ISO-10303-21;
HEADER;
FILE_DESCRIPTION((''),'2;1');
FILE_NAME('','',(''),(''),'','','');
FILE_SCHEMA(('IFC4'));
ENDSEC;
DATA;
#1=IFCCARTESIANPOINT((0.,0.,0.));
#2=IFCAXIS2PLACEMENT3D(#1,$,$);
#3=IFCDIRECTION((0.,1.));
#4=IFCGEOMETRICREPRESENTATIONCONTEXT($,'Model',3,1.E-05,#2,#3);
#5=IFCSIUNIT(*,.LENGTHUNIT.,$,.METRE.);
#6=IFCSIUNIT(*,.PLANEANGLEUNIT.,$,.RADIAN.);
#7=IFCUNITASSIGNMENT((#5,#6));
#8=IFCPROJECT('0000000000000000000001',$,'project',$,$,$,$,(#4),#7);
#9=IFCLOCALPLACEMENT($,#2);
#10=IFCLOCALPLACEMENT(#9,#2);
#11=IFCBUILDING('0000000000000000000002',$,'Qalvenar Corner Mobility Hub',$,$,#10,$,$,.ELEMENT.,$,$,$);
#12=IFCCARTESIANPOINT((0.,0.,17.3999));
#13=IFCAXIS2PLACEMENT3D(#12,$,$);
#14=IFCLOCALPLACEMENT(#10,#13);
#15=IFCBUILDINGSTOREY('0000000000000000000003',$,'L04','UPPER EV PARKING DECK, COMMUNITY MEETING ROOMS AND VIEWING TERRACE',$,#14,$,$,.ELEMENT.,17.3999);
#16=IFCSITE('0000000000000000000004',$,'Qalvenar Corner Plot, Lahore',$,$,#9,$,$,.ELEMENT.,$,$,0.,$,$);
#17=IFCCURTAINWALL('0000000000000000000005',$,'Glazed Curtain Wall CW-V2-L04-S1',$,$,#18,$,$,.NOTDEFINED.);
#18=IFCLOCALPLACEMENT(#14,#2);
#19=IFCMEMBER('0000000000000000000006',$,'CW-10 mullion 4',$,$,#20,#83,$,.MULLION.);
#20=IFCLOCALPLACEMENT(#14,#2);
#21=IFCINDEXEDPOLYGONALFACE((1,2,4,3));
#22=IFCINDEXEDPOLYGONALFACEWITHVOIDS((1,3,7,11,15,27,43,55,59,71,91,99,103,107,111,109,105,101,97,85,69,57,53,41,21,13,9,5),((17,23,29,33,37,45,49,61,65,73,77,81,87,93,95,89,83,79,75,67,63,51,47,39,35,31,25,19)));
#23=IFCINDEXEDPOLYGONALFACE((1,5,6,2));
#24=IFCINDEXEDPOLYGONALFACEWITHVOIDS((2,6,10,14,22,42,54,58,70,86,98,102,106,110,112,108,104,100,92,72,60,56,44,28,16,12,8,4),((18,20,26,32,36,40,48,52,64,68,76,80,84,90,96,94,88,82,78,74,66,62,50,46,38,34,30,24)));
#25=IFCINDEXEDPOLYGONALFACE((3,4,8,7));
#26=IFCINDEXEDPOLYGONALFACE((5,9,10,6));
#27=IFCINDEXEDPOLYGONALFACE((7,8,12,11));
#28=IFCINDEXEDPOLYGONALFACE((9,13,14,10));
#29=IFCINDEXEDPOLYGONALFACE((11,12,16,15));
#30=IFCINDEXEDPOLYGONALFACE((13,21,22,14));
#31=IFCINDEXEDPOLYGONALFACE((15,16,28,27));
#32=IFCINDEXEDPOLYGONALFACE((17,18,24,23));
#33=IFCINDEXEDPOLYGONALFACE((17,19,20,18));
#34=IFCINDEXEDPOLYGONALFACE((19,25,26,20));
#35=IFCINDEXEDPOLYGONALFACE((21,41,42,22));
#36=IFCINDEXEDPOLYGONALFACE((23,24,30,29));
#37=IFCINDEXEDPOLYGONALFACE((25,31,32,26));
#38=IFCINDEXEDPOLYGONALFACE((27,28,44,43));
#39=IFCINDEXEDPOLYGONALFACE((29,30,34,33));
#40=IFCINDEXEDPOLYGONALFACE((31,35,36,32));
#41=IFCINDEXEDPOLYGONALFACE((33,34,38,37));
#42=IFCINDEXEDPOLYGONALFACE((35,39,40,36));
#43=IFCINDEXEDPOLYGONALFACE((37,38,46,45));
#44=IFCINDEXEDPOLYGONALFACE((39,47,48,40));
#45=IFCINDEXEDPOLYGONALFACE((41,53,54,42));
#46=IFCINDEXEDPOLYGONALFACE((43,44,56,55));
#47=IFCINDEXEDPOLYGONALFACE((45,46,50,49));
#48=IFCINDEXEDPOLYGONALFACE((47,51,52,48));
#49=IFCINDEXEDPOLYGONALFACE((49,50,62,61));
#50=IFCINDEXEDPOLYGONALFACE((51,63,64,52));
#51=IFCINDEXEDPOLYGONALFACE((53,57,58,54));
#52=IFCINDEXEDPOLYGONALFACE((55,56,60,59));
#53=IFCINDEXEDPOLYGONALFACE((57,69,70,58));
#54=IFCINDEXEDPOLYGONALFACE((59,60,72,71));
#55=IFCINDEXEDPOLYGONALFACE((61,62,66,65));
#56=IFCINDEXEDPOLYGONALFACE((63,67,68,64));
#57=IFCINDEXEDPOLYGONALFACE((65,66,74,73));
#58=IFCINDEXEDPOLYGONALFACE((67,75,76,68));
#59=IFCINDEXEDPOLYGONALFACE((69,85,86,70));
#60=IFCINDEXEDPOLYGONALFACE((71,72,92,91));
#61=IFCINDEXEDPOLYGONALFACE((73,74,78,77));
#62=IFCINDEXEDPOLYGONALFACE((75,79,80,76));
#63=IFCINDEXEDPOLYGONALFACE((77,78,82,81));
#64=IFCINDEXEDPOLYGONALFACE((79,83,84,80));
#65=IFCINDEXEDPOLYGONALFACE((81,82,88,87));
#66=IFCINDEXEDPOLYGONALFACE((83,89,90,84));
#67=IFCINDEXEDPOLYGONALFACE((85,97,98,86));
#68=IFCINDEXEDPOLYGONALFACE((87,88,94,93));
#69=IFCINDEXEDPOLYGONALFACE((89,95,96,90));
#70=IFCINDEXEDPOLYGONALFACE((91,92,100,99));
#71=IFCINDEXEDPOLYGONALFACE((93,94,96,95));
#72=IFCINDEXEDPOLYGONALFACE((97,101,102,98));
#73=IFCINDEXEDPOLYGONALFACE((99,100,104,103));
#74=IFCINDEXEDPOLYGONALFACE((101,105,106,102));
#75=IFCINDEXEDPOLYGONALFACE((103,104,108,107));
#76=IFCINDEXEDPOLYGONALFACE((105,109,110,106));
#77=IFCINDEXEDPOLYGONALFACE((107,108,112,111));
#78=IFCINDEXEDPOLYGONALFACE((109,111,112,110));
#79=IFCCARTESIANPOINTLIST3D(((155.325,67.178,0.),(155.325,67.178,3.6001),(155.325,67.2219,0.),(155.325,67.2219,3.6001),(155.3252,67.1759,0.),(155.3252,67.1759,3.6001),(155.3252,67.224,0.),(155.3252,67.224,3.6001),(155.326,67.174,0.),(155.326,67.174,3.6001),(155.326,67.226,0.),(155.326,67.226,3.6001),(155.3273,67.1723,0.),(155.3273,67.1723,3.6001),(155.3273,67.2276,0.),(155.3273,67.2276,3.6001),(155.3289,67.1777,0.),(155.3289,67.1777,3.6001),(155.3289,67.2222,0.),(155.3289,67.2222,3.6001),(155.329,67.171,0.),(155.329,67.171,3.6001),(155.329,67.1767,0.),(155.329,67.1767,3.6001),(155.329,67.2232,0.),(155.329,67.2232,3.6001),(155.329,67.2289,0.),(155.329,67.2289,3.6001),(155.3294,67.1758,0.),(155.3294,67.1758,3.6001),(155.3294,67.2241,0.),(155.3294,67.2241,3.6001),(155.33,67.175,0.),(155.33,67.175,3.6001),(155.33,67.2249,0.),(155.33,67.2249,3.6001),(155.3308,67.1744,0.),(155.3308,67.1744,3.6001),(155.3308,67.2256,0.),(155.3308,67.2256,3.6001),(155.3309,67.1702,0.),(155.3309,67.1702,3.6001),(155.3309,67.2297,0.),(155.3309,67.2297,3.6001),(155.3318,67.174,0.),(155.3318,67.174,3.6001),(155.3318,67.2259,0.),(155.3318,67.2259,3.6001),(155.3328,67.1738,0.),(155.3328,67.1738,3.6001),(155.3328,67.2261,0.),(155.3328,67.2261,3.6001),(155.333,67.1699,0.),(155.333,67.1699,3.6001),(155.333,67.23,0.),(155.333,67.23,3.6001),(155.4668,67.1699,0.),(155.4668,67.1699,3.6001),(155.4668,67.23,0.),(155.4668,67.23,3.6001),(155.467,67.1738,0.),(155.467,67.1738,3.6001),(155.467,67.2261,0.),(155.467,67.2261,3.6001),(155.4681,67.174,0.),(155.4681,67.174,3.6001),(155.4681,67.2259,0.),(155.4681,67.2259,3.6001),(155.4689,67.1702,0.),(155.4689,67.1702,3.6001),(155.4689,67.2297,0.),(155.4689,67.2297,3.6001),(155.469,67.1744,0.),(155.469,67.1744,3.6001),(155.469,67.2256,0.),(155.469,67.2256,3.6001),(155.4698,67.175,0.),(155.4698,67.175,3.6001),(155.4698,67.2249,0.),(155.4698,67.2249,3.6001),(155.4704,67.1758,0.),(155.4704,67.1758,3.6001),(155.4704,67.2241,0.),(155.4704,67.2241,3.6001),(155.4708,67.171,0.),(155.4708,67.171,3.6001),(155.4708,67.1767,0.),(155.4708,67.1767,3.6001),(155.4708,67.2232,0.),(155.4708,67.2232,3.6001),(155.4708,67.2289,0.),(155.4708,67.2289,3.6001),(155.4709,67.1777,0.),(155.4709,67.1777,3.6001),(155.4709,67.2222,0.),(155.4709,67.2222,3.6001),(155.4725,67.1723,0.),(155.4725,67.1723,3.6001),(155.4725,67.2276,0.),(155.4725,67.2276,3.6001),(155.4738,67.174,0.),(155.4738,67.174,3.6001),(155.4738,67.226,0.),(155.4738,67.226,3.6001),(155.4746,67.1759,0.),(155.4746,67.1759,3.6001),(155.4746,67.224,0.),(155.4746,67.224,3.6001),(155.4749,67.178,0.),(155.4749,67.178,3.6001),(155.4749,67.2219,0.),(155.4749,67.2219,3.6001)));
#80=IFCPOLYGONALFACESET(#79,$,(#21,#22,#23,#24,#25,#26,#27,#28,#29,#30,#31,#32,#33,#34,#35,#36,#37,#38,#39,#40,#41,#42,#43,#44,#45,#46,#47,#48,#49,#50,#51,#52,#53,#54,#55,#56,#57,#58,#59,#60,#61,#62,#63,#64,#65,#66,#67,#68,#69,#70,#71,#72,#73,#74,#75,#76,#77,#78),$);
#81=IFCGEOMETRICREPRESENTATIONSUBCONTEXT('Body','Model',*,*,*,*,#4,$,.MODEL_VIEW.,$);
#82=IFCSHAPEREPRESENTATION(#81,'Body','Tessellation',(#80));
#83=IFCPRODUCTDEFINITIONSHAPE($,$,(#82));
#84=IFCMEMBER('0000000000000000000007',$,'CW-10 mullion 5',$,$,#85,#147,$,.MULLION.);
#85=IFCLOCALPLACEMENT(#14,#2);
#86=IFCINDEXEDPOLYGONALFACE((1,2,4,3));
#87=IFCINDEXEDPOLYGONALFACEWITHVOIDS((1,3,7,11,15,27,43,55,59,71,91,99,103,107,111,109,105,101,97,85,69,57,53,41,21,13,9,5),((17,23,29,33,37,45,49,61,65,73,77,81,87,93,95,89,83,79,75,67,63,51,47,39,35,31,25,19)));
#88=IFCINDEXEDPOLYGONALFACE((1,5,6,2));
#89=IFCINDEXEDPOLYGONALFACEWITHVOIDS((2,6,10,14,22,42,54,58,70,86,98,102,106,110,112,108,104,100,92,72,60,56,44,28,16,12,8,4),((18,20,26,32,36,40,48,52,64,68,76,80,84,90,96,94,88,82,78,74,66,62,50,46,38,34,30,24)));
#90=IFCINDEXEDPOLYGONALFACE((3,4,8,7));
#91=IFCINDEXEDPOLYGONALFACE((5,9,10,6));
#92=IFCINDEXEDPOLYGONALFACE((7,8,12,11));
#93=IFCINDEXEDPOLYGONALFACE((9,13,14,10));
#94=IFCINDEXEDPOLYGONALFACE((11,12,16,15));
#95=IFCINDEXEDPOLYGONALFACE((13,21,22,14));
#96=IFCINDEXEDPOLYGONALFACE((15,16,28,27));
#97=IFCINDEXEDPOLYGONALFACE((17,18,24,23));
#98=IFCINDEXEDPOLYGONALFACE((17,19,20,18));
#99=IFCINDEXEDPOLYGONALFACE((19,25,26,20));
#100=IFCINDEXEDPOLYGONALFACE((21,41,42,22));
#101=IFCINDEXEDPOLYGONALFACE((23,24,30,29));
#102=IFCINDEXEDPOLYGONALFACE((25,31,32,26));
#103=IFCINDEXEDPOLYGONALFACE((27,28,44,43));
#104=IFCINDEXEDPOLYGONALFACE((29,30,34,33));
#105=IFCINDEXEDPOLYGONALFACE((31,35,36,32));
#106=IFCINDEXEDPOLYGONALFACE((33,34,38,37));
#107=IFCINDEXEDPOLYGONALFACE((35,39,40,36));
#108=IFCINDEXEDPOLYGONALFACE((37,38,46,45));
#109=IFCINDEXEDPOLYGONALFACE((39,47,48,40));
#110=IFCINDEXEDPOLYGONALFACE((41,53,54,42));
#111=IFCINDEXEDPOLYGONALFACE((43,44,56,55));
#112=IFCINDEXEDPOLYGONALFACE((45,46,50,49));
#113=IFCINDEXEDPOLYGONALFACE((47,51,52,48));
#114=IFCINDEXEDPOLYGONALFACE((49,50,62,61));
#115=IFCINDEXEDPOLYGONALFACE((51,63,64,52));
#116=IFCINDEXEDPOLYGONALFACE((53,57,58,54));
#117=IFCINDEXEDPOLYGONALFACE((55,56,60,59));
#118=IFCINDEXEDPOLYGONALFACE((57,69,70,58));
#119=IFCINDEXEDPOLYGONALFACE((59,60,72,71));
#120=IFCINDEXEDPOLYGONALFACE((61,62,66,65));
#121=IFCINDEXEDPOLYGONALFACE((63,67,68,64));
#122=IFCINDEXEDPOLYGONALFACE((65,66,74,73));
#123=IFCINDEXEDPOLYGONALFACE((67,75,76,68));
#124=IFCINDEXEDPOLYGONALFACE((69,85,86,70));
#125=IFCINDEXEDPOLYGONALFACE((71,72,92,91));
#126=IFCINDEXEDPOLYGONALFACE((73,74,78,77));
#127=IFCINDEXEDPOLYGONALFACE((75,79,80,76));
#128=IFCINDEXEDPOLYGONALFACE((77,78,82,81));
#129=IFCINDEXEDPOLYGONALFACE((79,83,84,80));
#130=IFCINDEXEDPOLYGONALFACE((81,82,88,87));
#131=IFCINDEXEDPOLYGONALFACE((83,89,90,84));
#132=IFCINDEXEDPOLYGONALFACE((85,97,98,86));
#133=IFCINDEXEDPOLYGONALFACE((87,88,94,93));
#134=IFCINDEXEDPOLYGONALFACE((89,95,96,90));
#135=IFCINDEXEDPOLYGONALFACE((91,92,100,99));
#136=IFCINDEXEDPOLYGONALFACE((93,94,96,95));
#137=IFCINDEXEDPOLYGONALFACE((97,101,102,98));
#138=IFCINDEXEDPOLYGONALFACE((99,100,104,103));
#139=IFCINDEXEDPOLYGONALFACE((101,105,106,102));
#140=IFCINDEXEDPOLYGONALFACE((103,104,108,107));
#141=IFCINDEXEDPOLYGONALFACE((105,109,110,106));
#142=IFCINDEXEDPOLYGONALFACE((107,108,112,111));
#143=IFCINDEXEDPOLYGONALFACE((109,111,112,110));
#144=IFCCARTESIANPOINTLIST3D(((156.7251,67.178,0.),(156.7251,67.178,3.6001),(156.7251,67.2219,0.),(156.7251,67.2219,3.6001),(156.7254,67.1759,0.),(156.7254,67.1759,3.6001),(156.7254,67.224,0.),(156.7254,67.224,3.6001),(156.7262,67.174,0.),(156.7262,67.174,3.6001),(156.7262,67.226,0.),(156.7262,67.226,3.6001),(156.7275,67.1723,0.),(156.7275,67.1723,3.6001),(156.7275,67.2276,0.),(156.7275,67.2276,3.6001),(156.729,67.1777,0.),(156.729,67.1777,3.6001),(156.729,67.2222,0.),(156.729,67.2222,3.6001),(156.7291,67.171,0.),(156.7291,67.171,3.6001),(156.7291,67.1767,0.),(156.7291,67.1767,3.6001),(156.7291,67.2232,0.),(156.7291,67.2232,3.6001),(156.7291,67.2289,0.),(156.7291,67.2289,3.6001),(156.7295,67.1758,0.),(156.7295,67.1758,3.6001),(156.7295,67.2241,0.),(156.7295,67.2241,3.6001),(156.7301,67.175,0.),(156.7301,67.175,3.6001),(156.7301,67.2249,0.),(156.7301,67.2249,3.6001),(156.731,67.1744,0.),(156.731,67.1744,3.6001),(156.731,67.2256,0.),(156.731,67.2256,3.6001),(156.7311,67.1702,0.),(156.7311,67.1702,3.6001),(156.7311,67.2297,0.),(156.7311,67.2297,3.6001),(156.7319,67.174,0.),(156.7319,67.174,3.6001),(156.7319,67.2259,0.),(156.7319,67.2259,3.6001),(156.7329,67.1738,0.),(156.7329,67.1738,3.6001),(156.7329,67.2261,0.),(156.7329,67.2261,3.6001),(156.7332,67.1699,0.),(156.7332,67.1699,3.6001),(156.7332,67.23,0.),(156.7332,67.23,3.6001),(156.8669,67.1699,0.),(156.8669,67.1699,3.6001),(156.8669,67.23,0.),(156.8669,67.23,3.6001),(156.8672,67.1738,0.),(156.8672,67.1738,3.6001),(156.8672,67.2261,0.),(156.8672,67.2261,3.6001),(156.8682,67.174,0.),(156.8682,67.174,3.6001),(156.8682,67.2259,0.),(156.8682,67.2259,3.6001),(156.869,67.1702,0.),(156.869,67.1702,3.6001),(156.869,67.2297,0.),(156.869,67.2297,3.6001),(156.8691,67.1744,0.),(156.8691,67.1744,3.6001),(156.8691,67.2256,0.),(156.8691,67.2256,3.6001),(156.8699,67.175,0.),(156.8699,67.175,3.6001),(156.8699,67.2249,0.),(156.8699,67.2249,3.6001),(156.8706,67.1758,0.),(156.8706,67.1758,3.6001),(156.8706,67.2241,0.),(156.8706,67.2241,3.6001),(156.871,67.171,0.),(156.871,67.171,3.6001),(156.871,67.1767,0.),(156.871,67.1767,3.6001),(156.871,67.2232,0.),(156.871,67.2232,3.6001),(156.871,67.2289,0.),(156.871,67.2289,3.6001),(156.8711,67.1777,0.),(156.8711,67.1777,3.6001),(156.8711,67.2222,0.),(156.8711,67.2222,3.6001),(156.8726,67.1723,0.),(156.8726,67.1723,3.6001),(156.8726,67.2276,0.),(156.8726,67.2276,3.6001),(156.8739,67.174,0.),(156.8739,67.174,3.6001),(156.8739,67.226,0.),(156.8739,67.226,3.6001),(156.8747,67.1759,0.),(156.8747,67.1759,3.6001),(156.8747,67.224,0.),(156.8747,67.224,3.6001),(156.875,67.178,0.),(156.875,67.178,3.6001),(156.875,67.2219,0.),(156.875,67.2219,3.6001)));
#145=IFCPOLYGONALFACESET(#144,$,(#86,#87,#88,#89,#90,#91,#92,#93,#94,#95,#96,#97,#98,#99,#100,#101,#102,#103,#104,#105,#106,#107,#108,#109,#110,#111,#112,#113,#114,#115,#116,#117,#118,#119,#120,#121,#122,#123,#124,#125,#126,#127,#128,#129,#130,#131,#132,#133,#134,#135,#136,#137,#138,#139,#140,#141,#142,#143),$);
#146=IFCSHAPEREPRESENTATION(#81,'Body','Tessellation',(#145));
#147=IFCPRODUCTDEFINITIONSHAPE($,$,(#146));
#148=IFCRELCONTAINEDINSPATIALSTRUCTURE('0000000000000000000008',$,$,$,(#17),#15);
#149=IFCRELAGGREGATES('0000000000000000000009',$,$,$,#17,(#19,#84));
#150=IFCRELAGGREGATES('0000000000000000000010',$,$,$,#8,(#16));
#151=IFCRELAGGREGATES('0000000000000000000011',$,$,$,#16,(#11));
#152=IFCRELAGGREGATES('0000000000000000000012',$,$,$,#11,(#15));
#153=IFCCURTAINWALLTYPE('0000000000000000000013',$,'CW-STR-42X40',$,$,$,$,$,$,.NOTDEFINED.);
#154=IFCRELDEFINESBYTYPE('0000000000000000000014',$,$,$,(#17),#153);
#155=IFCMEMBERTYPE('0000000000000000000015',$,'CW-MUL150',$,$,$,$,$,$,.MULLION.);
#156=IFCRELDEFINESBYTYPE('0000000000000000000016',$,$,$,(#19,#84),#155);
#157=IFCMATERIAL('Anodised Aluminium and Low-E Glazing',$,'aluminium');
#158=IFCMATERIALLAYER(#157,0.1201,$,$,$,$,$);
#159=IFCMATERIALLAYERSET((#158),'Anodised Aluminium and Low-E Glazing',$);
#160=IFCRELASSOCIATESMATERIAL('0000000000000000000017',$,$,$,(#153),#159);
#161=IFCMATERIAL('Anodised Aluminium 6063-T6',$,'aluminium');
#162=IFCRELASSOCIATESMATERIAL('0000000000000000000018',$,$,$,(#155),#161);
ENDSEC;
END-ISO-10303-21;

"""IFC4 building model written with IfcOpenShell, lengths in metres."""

from ifc_helpers import new_model, si_unit, direction, frame, origin, origin_2d, place, context, subcontext, project, spatial, hollow_rectangle, extrude, material, layer, layer_set, material_profile, profile_set, type_object, element, aggregate, save


model = new_model("IFC4")

# Units and contexts
model_context = context("Model", 3, precision=1e-05, world=origin(), true_north=direction((0.0, 1.0)))
body_context = subcontext(model_context, "Body", "Model", "MODEL_VIEW")
ifc_project = project(units=[si_unit("LENGTHUNIT", "METRE"), si_unit("PLANEANGLEUNIT", "RADIAN")], contexts=[model_context])

# Site, building, storey
site_placement = place(None, origin())
site = spatial("IfcSite", under=ifc_project, at=site_placement, Name="Qalvenar Corner Plot, Lahore", CompositionType="ELEMENT", RefElevation=0.0)
building_placement = place(site_placement, origin())
building = spatial("IfcBuilding", under=site, at=building_placement, Name="Qalvenar Corner Mobility Hub", CompositionType="ELEMENT")
storey_placement = place(building_placement, frame((0.0, 0.0, 17.3999)))
storey = spatial("IfcBuildingStorey", under=building, at=storey_placement, Name="L04", Description="UPPER EV PARKING DECK, COMMUNITY MEETING ROOMS AND VIEWING TERRACE", CompositionType="ELEMENT", Elevation=17.3999)

# Curtain wall, members
ifc_material_1 = material(Name="Anodised Aluminium and Low-E Glazing", Category="aluminium")
ifc_layer_1 = layer(ifc_material_1, 0.1201)
ifc_layer_set_1 = layer_set([ifc_layer_1], Name="Anodised Aluminium and Low-E Glazing")
curtain_wall_type = type_object("IfcCurtainWallType", Name="CW-STR-42X40", PredefinedType="NOTDEFINED", material=ifc_layer_set_1)
curtain_wall_placement = place(storey_placement, origin())
curtain_wall = element("IfcCurtainWall", 1, at=curtain_wall_placement, inside=storey, type_object=curtain_wall_type, Name="Glazed Curtain Wall CW-V2-L04-S1", PredefinedType="NOTDEFINED")
ifc_material_2 = material(Name="Anodised Aluminium 6063-T6", Category="aluminium")
ifc_material_profile_1 = material_profile(ifc_material_2, hollow_rectangle(XDim=0.0601, YDim=0.1499, WallThickness=0.0039, InnerFilletRadius=0.0039, OuterFilletRadius=0.0081, at=origin_2d()), Name="RHS150x60x4")
ifc_profile_set_1 = profile_set([ifc_material_profile_1], Name="Anodised Aluminium 6063-T6")
member_type_1 = type_object("IfcMemberType", Name="CW-MUL150", PredefinedType="MULLION", material=ifc_profile_set_1)
member_1_placement = place(storey_placement, frame((155.3999, 67.2, 0.0), z_axis=(0.0, 0.0, 1.0), x_axis=(0.0, 1.0, 0.0)))
member_1 = element("IfcMember", 2, at=member_1_placement, type_object=member_type_1, Name="CW-10 mullion 4", PredefinedType="MULLION", context=body_context, shape_type="SweptSolid", body=[
    extrude(hollow_rectangle(XDim=0.0601, YDim=0.1499, WallThickness=0.0039, InnerFilletRadius=0.0039, OuterFilletRadius=0.0081, at=origin_2d()), origin(), (0.0, 0.0, 1.0), 3.6001),
])
member_2_placement = place(storey_placement, frame((156.8, 67.2, 0.0), z_axis=(0.0, 0.0, 1.0), x_axis=(0.0, 1.0, 0.0)))
member_2 = element("IfcMember", 3, at=member_2_placement, type_object=member_type_1, Name="CW-10 mullion 5", PredefinedType="MULLION", context=body_context, shape_type="SweptSolid", body=[
    extrude(hollow_rectangle(XDim=0.0601, YDim=0.1499, WallThickness=0.0039, InnerFilletRadius=0.0039, OuterFilletRadius=0.0081, at=origin_2d()), origin(), (0.0, 0.0, 1.0), 3.6001),
])
aggregate(curtain_wall, [member_1, member_2])

save(model, "model.ifc")
